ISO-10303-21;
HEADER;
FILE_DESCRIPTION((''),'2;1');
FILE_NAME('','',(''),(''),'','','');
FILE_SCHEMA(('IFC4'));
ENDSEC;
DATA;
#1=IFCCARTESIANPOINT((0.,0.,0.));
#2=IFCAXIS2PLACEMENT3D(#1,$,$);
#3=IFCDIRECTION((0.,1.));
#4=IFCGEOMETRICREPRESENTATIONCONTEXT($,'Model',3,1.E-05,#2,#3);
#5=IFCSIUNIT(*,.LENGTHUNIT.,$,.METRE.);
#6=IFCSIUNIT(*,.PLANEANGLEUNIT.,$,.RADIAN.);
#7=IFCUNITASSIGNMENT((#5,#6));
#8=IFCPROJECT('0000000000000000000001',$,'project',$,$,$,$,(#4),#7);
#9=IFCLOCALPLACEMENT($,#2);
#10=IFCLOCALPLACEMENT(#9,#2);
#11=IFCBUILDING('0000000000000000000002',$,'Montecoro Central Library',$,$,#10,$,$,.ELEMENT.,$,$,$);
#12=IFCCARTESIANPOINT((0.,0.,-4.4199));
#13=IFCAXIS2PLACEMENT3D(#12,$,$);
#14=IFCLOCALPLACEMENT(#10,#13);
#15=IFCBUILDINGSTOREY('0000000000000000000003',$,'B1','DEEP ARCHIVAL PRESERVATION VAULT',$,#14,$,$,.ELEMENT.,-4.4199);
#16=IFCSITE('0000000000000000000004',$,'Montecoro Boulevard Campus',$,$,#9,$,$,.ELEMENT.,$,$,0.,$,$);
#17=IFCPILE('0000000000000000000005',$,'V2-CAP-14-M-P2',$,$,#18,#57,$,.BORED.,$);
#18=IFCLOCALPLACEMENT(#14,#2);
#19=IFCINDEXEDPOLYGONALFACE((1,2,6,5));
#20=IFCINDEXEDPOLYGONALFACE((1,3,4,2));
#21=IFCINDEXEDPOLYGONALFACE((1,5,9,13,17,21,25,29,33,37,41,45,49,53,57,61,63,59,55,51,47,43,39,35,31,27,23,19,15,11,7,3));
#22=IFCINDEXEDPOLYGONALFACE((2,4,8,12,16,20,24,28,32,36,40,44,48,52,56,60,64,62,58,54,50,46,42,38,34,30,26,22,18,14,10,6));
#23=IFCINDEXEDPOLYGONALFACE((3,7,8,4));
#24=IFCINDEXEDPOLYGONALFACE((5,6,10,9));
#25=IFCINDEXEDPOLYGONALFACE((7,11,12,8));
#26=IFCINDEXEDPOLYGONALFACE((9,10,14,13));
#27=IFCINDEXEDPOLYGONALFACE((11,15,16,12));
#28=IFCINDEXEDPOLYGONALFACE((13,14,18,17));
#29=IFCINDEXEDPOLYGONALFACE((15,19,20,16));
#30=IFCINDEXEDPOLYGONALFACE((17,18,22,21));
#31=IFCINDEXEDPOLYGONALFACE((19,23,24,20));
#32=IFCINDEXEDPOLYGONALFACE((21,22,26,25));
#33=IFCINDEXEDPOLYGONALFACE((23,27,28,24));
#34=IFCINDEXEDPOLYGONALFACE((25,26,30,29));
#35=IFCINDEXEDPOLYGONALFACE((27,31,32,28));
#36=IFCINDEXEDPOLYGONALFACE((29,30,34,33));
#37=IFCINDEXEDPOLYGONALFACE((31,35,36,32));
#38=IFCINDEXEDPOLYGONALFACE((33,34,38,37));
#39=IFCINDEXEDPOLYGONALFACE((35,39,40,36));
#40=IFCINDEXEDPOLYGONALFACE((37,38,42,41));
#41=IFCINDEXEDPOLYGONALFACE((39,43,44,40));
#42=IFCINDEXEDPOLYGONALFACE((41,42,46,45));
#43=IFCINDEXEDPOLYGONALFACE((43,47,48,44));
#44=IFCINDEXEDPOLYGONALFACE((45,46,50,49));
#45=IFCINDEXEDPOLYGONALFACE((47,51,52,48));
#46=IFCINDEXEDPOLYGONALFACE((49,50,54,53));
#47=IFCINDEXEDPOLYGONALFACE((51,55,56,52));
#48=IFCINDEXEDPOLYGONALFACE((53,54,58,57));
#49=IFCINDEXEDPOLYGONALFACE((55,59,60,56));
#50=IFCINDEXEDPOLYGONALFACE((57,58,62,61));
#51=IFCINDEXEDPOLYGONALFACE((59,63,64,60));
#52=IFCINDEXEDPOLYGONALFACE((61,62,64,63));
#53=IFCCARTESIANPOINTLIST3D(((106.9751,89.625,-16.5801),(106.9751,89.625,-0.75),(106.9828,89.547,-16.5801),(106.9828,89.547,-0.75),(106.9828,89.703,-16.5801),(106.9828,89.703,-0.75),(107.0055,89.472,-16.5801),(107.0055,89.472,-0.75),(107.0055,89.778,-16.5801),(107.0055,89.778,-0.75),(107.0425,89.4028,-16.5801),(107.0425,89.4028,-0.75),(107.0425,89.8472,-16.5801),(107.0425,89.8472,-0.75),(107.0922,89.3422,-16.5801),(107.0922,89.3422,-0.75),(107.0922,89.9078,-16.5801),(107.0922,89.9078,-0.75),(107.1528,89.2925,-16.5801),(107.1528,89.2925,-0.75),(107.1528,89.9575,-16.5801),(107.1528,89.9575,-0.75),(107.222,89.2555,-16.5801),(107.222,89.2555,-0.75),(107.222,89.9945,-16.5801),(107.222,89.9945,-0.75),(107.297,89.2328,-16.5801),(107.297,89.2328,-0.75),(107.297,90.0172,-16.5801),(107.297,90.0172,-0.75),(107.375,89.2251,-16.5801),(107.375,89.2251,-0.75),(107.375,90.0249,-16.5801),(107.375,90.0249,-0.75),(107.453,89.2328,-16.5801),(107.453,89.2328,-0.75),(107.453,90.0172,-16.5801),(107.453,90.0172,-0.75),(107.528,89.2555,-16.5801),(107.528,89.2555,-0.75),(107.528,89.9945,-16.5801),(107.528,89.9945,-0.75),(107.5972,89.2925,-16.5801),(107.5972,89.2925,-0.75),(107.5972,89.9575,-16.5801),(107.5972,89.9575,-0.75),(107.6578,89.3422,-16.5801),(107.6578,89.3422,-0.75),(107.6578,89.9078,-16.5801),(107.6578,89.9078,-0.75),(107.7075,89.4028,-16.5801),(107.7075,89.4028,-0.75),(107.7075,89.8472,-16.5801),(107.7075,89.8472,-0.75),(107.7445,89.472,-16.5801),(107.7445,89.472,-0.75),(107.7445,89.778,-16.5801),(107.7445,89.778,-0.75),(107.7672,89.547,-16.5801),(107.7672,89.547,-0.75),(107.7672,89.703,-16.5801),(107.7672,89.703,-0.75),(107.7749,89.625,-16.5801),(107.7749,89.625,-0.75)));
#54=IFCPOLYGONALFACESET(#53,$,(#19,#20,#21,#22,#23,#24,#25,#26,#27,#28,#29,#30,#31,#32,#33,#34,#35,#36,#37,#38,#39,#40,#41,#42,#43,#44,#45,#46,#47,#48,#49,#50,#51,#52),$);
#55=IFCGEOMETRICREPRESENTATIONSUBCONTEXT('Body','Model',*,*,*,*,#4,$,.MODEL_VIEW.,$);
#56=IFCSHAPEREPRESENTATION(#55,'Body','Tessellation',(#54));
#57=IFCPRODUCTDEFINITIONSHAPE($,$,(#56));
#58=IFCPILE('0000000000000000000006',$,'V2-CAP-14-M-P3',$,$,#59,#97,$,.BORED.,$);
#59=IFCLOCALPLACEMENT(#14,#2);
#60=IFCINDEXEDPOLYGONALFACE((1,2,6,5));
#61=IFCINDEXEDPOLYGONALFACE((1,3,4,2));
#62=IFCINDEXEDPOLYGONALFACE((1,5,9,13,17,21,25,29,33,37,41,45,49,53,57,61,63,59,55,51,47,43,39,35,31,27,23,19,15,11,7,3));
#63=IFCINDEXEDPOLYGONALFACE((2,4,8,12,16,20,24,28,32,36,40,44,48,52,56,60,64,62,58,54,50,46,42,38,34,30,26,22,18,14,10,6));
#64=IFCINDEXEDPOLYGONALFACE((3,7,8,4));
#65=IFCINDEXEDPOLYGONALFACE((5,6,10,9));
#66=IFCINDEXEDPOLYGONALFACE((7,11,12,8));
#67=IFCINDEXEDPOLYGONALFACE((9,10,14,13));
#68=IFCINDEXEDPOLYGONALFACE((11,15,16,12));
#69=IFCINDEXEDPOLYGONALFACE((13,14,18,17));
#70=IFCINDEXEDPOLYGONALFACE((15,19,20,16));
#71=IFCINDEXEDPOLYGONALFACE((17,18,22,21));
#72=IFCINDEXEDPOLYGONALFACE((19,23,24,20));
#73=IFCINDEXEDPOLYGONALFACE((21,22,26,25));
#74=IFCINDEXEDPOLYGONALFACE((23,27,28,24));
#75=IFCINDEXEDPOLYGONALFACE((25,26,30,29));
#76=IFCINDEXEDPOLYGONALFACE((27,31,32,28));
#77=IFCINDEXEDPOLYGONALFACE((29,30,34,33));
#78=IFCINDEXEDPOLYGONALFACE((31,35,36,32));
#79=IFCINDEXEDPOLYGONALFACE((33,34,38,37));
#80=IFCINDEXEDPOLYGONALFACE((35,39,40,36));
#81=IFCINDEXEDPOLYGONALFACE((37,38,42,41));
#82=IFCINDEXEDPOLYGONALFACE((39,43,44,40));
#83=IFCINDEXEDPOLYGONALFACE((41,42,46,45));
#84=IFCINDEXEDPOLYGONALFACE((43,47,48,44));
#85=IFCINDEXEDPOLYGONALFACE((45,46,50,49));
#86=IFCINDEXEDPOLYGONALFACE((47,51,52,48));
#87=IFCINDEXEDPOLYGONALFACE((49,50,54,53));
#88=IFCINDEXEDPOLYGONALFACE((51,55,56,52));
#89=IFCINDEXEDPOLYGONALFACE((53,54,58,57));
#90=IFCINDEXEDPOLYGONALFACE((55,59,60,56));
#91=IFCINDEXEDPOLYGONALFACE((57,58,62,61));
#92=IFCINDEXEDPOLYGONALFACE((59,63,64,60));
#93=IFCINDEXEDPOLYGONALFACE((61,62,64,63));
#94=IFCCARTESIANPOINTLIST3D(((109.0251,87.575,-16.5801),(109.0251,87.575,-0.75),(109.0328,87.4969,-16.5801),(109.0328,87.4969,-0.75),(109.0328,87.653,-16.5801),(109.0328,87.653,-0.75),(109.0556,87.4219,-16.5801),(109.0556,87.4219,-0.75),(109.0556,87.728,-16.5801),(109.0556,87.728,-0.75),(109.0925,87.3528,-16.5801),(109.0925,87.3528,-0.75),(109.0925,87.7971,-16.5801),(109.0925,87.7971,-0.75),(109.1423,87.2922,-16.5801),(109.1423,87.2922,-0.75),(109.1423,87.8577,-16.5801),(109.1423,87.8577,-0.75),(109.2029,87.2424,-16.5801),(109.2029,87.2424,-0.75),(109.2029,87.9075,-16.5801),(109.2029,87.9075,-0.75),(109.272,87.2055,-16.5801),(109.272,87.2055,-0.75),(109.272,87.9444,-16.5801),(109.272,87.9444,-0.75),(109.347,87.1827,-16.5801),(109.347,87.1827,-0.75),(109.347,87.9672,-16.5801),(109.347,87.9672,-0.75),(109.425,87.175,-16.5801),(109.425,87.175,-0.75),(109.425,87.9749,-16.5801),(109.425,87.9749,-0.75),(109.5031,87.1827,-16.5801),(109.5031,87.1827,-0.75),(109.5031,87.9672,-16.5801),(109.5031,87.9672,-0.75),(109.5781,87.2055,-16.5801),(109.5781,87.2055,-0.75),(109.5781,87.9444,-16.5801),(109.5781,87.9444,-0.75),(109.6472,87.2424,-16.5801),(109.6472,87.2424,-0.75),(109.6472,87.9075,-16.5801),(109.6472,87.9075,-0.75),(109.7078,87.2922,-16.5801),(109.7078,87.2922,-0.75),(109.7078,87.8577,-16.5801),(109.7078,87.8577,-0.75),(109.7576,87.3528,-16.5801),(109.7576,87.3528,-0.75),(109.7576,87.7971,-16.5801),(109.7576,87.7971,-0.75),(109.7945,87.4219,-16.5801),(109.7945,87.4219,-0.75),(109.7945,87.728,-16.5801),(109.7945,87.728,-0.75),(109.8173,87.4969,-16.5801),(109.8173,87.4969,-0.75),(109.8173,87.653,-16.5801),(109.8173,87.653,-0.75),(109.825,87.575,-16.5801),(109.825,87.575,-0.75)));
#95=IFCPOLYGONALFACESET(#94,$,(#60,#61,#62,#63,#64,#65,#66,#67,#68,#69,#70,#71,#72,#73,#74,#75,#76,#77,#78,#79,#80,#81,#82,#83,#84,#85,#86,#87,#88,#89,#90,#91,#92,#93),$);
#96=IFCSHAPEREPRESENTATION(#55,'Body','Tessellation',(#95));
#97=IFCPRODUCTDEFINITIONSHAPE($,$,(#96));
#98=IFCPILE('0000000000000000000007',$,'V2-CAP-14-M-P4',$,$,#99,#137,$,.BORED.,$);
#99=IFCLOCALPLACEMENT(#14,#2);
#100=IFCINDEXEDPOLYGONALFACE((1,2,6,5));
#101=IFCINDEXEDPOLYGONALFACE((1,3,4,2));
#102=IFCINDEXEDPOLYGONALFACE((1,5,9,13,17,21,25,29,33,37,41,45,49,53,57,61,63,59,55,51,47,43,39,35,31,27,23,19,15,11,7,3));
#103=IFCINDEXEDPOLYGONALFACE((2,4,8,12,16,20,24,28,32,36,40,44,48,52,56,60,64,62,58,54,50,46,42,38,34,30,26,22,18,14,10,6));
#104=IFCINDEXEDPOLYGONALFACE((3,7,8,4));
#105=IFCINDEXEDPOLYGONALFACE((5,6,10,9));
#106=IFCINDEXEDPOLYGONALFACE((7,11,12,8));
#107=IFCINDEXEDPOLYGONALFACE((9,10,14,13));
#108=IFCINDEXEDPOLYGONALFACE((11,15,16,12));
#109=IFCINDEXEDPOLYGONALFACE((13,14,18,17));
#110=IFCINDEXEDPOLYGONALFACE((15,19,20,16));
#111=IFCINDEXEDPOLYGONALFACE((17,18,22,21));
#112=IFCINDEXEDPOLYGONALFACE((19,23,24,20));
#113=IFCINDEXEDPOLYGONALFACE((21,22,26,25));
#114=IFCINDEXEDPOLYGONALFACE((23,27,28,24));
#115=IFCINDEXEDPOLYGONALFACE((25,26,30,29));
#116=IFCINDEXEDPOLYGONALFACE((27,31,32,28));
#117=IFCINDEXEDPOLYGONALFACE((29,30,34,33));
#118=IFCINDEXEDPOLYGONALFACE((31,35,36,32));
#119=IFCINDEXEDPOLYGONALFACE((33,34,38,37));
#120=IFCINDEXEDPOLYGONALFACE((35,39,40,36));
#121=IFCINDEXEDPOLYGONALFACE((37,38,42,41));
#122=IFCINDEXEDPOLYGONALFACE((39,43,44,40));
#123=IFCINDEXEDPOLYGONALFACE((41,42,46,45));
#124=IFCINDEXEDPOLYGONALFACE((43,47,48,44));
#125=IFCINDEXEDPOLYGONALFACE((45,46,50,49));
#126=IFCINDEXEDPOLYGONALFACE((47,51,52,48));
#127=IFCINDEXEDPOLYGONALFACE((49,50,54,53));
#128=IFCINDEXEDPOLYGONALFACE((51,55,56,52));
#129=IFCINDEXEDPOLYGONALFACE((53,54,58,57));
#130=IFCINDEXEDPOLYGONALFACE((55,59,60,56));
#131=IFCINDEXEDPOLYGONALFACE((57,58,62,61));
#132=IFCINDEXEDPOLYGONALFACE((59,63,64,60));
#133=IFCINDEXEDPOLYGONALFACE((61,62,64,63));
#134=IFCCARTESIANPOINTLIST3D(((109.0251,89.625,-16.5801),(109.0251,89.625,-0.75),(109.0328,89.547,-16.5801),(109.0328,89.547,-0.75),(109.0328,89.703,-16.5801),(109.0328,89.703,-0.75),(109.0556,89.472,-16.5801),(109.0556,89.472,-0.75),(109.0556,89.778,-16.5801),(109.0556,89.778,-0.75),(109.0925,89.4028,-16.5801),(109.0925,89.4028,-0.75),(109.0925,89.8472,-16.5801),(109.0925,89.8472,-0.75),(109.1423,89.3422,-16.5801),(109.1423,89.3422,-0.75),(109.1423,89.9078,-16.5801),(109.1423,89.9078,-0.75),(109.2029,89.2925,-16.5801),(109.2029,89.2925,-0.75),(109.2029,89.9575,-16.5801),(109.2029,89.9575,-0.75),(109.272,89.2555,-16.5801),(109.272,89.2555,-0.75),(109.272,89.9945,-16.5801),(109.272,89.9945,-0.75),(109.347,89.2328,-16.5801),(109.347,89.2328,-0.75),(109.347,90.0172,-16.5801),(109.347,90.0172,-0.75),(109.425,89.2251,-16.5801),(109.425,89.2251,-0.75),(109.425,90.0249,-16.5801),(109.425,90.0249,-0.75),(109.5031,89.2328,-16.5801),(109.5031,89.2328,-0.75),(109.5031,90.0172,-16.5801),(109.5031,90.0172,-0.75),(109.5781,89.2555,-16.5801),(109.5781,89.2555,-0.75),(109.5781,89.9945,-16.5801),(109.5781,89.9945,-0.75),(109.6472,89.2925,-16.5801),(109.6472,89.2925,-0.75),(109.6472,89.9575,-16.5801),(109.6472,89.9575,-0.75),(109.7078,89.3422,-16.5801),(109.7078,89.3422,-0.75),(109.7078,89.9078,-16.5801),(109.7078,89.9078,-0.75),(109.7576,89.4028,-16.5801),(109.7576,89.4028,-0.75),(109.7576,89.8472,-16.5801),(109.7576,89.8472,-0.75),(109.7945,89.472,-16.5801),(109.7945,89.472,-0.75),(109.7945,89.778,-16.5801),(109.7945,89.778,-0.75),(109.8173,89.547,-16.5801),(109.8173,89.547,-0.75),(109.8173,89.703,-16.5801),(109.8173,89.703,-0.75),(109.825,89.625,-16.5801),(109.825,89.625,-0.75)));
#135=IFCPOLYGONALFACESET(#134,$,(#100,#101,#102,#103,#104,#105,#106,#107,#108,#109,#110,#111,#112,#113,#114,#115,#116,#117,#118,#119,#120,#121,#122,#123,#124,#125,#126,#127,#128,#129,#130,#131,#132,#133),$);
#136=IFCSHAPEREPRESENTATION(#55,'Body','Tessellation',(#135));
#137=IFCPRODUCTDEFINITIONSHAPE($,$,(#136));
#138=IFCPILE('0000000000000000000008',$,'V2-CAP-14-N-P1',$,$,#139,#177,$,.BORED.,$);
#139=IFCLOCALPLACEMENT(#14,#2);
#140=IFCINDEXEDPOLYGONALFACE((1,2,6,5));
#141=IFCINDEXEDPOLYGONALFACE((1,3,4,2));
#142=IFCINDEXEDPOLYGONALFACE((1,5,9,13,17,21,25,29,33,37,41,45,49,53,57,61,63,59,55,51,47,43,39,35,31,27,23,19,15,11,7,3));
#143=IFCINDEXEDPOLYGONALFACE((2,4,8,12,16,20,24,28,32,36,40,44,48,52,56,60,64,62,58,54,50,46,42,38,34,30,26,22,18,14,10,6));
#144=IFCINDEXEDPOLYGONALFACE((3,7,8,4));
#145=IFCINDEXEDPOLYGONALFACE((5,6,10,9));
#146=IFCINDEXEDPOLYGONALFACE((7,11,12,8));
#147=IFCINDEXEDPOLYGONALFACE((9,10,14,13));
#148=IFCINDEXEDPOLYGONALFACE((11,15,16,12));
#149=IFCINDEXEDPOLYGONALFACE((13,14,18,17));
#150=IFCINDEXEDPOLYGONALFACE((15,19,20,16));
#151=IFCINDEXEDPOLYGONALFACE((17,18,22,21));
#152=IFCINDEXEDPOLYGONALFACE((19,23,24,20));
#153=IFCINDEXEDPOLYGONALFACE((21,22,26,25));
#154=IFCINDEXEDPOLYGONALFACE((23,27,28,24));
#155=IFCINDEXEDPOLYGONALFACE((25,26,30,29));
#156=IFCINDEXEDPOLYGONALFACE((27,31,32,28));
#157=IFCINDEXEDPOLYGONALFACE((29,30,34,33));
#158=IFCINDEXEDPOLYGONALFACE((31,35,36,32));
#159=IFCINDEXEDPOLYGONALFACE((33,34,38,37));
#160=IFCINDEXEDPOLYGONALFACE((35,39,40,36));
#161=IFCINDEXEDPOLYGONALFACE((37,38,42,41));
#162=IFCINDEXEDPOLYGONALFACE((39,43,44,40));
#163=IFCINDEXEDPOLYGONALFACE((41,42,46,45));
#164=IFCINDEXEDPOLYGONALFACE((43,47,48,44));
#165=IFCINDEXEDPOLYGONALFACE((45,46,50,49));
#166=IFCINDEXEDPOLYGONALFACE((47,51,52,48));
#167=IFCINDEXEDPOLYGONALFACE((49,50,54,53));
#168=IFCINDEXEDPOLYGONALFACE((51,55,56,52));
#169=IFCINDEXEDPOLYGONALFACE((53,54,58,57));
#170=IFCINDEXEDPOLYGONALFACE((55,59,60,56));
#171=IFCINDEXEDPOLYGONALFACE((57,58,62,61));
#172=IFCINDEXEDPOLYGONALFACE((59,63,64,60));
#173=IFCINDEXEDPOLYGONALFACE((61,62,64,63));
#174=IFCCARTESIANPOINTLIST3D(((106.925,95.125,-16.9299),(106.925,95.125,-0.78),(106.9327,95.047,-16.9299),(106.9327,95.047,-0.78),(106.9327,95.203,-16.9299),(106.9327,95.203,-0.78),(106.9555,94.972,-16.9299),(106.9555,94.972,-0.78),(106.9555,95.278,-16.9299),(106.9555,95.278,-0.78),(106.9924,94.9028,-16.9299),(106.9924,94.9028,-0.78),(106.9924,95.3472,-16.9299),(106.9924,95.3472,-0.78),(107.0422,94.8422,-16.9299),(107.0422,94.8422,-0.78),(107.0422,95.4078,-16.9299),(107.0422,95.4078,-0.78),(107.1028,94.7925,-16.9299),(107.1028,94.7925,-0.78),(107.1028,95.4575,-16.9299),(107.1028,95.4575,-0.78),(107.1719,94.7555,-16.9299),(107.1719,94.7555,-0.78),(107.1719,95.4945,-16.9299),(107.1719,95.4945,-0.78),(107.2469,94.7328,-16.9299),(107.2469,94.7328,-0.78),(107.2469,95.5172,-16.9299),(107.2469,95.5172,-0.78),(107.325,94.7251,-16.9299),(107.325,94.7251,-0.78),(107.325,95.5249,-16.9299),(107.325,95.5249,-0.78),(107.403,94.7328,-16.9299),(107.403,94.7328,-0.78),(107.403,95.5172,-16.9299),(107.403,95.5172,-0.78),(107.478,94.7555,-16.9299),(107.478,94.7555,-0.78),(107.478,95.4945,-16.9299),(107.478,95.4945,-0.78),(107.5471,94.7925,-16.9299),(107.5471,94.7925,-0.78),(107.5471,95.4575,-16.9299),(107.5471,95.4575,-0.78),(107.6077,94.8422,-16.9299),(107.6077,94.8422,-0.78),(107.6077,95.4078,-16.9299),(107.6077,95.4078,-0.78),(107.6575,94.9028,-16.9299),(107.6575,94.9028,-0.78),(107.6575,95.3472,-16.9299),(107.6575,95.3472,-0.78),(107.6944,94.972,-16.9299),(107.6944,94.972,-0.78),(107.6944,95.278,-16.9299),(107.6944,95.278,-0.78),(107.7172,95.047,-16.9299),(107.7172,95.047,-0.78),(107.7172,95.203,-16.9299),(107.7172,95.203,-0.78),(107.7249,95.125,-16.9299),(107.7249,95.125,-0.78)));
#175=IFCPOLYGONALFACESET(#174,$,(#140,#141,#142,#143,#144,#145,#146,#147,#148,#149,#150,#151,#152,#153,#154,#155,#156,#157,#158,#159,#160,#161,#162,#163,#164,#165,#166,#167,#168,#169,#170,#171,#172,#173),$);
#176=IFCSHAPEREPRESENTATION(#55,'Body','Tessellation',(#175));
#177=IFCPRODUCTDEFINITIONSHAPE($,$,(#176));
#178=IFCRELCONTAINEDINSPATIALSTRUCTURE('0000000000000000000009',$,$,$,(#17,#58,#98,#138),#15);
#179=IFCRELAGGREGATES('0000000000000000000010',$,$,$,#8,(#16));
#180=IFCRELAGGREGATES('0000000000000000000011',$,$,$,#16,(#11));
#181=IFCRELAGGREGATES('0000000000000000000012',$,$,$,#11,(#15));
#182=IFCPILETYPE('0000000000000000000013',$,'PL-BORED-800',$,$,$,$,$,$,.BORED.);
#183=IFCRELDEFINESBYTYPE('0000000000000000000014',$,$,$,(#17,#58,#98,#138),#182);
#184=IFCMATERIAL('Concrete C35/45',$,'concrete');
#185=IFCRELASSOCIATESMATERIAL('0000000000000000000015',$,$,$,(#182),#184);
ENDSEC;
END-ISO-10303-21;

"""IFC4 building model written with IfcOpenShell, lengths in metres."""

from ifc_helpers import new_model, si_unit, direction, frame, origin, origin_2d, place, context, subcontext, project, spatial, circle, extrude, material, material_profile, profile_set, type_object, element, save


model = new_model("IFC4")

# Units and contexts
model_context = context("Model", 3, precision=1e-05, world=origin(), true_north=direction((0.0, 1.0)))
body_context = subcontext(model_context, "Body", "Model", "MODEL_VIEW")
ifc_project = project(units=[si_unit("LENGTHUNIT", "METRE"), si_unit("PLANEANGLEUNIT", "RADIAN")], contexts=[model_context])

# Site, building, storey
site_placement = place(None, origin())
site = spatial("IfcSite", under=ifc_project, at=site_placement, Name="Montecoro Boulevard Campus", CompositionType="ELEMENT", RefElevation=0.0)
building_placement = place(site_placement, origin())
building = spatial("IfcBuilding", under=site, at=building_placement, Name="Montecoro Central Library", CompositionType="ELEMENT")
storey_placement = place(building_placement, frame((0.0, 0.0, -4.4199)))
storey = spatial("IfcBuildingStorey", under=building, at=storey_placement, Name="B1", Description="DEEP ARCHIVAL PRESERVATION VAULT", CompositionType="ELEMENT", Elevation=-4.4199)

# Shared definitions
ifc_material_1 = material(Name="Concrete C35/45", Category="concrete")

# Piles
ifc_material_profile_1 = material_profile(ifc_material_1, circle(Radius=0.3999, at=origin_2d()), Name="PILE D800")
ifc_profile_set_1 = profile_set([ifc_material_profile_1], Name="Concrete C35/45")
pile_type_1 = type_object("IfcPileType", Name="PL-BORED-800", PredefinedType="BORED", material=ifc_profile_set_1)
for number, where, z_axis, x_axis, name in (
    (1, (107.375, 89.625, -0.75), (0.0, 0.0, -1.0), (1.0, 0.0, 0.0), "V2-CAP-14-M-P2"),
    (2, (109.425, 87.575, -0.75), (0.0, 0.0, -1.0), (1.0, 0.0, 0.0), "V2-CAP-14-M-P3"),
    (3, (109.425, 89.625, -0.75), (0.0, 0.0, -1.0), (1.0, 0.0, 0.0), "V2-CAP-14-M-P4"),
):
    element("IfcPile", number, at=place(storey_placement, frame(where, z_axis=z_axis, x_axis=x_axis)), inside=storey, type_object=pile_type_1, Name=name, PredefinedType="BORED", context=body_context, shape_type="SweptSolid", body=[
        extrude(circle(Radius=0.3999, at=origin_2d()), origin(), (0.0, 0.0, 1.0), 15.8301),
    ])
for number, where, z_axis, x_axis, name in (
    (4, (107.325, 95.125, -0.78), (0.0, 0.0, -1.0), (1.0, 0.0, 0.0), "V2-CAP-14-N-P1"),
):
    element("IfcPile", number, at=place(storey_placement, frame(where, z_axis=z_axis, x_axis=x_axis)), inside=storey, type_object=pile_type_1, Name=name, PredefinedType="BORED", context=body_context, shape_type="SweptSolid", body=[
        extrude(circle(Radius=0.3999, at=origin_2d()), origin(), (0.0, 0.0, 1.0), 16.1499),
    ])

save(model, "model.ifc")
